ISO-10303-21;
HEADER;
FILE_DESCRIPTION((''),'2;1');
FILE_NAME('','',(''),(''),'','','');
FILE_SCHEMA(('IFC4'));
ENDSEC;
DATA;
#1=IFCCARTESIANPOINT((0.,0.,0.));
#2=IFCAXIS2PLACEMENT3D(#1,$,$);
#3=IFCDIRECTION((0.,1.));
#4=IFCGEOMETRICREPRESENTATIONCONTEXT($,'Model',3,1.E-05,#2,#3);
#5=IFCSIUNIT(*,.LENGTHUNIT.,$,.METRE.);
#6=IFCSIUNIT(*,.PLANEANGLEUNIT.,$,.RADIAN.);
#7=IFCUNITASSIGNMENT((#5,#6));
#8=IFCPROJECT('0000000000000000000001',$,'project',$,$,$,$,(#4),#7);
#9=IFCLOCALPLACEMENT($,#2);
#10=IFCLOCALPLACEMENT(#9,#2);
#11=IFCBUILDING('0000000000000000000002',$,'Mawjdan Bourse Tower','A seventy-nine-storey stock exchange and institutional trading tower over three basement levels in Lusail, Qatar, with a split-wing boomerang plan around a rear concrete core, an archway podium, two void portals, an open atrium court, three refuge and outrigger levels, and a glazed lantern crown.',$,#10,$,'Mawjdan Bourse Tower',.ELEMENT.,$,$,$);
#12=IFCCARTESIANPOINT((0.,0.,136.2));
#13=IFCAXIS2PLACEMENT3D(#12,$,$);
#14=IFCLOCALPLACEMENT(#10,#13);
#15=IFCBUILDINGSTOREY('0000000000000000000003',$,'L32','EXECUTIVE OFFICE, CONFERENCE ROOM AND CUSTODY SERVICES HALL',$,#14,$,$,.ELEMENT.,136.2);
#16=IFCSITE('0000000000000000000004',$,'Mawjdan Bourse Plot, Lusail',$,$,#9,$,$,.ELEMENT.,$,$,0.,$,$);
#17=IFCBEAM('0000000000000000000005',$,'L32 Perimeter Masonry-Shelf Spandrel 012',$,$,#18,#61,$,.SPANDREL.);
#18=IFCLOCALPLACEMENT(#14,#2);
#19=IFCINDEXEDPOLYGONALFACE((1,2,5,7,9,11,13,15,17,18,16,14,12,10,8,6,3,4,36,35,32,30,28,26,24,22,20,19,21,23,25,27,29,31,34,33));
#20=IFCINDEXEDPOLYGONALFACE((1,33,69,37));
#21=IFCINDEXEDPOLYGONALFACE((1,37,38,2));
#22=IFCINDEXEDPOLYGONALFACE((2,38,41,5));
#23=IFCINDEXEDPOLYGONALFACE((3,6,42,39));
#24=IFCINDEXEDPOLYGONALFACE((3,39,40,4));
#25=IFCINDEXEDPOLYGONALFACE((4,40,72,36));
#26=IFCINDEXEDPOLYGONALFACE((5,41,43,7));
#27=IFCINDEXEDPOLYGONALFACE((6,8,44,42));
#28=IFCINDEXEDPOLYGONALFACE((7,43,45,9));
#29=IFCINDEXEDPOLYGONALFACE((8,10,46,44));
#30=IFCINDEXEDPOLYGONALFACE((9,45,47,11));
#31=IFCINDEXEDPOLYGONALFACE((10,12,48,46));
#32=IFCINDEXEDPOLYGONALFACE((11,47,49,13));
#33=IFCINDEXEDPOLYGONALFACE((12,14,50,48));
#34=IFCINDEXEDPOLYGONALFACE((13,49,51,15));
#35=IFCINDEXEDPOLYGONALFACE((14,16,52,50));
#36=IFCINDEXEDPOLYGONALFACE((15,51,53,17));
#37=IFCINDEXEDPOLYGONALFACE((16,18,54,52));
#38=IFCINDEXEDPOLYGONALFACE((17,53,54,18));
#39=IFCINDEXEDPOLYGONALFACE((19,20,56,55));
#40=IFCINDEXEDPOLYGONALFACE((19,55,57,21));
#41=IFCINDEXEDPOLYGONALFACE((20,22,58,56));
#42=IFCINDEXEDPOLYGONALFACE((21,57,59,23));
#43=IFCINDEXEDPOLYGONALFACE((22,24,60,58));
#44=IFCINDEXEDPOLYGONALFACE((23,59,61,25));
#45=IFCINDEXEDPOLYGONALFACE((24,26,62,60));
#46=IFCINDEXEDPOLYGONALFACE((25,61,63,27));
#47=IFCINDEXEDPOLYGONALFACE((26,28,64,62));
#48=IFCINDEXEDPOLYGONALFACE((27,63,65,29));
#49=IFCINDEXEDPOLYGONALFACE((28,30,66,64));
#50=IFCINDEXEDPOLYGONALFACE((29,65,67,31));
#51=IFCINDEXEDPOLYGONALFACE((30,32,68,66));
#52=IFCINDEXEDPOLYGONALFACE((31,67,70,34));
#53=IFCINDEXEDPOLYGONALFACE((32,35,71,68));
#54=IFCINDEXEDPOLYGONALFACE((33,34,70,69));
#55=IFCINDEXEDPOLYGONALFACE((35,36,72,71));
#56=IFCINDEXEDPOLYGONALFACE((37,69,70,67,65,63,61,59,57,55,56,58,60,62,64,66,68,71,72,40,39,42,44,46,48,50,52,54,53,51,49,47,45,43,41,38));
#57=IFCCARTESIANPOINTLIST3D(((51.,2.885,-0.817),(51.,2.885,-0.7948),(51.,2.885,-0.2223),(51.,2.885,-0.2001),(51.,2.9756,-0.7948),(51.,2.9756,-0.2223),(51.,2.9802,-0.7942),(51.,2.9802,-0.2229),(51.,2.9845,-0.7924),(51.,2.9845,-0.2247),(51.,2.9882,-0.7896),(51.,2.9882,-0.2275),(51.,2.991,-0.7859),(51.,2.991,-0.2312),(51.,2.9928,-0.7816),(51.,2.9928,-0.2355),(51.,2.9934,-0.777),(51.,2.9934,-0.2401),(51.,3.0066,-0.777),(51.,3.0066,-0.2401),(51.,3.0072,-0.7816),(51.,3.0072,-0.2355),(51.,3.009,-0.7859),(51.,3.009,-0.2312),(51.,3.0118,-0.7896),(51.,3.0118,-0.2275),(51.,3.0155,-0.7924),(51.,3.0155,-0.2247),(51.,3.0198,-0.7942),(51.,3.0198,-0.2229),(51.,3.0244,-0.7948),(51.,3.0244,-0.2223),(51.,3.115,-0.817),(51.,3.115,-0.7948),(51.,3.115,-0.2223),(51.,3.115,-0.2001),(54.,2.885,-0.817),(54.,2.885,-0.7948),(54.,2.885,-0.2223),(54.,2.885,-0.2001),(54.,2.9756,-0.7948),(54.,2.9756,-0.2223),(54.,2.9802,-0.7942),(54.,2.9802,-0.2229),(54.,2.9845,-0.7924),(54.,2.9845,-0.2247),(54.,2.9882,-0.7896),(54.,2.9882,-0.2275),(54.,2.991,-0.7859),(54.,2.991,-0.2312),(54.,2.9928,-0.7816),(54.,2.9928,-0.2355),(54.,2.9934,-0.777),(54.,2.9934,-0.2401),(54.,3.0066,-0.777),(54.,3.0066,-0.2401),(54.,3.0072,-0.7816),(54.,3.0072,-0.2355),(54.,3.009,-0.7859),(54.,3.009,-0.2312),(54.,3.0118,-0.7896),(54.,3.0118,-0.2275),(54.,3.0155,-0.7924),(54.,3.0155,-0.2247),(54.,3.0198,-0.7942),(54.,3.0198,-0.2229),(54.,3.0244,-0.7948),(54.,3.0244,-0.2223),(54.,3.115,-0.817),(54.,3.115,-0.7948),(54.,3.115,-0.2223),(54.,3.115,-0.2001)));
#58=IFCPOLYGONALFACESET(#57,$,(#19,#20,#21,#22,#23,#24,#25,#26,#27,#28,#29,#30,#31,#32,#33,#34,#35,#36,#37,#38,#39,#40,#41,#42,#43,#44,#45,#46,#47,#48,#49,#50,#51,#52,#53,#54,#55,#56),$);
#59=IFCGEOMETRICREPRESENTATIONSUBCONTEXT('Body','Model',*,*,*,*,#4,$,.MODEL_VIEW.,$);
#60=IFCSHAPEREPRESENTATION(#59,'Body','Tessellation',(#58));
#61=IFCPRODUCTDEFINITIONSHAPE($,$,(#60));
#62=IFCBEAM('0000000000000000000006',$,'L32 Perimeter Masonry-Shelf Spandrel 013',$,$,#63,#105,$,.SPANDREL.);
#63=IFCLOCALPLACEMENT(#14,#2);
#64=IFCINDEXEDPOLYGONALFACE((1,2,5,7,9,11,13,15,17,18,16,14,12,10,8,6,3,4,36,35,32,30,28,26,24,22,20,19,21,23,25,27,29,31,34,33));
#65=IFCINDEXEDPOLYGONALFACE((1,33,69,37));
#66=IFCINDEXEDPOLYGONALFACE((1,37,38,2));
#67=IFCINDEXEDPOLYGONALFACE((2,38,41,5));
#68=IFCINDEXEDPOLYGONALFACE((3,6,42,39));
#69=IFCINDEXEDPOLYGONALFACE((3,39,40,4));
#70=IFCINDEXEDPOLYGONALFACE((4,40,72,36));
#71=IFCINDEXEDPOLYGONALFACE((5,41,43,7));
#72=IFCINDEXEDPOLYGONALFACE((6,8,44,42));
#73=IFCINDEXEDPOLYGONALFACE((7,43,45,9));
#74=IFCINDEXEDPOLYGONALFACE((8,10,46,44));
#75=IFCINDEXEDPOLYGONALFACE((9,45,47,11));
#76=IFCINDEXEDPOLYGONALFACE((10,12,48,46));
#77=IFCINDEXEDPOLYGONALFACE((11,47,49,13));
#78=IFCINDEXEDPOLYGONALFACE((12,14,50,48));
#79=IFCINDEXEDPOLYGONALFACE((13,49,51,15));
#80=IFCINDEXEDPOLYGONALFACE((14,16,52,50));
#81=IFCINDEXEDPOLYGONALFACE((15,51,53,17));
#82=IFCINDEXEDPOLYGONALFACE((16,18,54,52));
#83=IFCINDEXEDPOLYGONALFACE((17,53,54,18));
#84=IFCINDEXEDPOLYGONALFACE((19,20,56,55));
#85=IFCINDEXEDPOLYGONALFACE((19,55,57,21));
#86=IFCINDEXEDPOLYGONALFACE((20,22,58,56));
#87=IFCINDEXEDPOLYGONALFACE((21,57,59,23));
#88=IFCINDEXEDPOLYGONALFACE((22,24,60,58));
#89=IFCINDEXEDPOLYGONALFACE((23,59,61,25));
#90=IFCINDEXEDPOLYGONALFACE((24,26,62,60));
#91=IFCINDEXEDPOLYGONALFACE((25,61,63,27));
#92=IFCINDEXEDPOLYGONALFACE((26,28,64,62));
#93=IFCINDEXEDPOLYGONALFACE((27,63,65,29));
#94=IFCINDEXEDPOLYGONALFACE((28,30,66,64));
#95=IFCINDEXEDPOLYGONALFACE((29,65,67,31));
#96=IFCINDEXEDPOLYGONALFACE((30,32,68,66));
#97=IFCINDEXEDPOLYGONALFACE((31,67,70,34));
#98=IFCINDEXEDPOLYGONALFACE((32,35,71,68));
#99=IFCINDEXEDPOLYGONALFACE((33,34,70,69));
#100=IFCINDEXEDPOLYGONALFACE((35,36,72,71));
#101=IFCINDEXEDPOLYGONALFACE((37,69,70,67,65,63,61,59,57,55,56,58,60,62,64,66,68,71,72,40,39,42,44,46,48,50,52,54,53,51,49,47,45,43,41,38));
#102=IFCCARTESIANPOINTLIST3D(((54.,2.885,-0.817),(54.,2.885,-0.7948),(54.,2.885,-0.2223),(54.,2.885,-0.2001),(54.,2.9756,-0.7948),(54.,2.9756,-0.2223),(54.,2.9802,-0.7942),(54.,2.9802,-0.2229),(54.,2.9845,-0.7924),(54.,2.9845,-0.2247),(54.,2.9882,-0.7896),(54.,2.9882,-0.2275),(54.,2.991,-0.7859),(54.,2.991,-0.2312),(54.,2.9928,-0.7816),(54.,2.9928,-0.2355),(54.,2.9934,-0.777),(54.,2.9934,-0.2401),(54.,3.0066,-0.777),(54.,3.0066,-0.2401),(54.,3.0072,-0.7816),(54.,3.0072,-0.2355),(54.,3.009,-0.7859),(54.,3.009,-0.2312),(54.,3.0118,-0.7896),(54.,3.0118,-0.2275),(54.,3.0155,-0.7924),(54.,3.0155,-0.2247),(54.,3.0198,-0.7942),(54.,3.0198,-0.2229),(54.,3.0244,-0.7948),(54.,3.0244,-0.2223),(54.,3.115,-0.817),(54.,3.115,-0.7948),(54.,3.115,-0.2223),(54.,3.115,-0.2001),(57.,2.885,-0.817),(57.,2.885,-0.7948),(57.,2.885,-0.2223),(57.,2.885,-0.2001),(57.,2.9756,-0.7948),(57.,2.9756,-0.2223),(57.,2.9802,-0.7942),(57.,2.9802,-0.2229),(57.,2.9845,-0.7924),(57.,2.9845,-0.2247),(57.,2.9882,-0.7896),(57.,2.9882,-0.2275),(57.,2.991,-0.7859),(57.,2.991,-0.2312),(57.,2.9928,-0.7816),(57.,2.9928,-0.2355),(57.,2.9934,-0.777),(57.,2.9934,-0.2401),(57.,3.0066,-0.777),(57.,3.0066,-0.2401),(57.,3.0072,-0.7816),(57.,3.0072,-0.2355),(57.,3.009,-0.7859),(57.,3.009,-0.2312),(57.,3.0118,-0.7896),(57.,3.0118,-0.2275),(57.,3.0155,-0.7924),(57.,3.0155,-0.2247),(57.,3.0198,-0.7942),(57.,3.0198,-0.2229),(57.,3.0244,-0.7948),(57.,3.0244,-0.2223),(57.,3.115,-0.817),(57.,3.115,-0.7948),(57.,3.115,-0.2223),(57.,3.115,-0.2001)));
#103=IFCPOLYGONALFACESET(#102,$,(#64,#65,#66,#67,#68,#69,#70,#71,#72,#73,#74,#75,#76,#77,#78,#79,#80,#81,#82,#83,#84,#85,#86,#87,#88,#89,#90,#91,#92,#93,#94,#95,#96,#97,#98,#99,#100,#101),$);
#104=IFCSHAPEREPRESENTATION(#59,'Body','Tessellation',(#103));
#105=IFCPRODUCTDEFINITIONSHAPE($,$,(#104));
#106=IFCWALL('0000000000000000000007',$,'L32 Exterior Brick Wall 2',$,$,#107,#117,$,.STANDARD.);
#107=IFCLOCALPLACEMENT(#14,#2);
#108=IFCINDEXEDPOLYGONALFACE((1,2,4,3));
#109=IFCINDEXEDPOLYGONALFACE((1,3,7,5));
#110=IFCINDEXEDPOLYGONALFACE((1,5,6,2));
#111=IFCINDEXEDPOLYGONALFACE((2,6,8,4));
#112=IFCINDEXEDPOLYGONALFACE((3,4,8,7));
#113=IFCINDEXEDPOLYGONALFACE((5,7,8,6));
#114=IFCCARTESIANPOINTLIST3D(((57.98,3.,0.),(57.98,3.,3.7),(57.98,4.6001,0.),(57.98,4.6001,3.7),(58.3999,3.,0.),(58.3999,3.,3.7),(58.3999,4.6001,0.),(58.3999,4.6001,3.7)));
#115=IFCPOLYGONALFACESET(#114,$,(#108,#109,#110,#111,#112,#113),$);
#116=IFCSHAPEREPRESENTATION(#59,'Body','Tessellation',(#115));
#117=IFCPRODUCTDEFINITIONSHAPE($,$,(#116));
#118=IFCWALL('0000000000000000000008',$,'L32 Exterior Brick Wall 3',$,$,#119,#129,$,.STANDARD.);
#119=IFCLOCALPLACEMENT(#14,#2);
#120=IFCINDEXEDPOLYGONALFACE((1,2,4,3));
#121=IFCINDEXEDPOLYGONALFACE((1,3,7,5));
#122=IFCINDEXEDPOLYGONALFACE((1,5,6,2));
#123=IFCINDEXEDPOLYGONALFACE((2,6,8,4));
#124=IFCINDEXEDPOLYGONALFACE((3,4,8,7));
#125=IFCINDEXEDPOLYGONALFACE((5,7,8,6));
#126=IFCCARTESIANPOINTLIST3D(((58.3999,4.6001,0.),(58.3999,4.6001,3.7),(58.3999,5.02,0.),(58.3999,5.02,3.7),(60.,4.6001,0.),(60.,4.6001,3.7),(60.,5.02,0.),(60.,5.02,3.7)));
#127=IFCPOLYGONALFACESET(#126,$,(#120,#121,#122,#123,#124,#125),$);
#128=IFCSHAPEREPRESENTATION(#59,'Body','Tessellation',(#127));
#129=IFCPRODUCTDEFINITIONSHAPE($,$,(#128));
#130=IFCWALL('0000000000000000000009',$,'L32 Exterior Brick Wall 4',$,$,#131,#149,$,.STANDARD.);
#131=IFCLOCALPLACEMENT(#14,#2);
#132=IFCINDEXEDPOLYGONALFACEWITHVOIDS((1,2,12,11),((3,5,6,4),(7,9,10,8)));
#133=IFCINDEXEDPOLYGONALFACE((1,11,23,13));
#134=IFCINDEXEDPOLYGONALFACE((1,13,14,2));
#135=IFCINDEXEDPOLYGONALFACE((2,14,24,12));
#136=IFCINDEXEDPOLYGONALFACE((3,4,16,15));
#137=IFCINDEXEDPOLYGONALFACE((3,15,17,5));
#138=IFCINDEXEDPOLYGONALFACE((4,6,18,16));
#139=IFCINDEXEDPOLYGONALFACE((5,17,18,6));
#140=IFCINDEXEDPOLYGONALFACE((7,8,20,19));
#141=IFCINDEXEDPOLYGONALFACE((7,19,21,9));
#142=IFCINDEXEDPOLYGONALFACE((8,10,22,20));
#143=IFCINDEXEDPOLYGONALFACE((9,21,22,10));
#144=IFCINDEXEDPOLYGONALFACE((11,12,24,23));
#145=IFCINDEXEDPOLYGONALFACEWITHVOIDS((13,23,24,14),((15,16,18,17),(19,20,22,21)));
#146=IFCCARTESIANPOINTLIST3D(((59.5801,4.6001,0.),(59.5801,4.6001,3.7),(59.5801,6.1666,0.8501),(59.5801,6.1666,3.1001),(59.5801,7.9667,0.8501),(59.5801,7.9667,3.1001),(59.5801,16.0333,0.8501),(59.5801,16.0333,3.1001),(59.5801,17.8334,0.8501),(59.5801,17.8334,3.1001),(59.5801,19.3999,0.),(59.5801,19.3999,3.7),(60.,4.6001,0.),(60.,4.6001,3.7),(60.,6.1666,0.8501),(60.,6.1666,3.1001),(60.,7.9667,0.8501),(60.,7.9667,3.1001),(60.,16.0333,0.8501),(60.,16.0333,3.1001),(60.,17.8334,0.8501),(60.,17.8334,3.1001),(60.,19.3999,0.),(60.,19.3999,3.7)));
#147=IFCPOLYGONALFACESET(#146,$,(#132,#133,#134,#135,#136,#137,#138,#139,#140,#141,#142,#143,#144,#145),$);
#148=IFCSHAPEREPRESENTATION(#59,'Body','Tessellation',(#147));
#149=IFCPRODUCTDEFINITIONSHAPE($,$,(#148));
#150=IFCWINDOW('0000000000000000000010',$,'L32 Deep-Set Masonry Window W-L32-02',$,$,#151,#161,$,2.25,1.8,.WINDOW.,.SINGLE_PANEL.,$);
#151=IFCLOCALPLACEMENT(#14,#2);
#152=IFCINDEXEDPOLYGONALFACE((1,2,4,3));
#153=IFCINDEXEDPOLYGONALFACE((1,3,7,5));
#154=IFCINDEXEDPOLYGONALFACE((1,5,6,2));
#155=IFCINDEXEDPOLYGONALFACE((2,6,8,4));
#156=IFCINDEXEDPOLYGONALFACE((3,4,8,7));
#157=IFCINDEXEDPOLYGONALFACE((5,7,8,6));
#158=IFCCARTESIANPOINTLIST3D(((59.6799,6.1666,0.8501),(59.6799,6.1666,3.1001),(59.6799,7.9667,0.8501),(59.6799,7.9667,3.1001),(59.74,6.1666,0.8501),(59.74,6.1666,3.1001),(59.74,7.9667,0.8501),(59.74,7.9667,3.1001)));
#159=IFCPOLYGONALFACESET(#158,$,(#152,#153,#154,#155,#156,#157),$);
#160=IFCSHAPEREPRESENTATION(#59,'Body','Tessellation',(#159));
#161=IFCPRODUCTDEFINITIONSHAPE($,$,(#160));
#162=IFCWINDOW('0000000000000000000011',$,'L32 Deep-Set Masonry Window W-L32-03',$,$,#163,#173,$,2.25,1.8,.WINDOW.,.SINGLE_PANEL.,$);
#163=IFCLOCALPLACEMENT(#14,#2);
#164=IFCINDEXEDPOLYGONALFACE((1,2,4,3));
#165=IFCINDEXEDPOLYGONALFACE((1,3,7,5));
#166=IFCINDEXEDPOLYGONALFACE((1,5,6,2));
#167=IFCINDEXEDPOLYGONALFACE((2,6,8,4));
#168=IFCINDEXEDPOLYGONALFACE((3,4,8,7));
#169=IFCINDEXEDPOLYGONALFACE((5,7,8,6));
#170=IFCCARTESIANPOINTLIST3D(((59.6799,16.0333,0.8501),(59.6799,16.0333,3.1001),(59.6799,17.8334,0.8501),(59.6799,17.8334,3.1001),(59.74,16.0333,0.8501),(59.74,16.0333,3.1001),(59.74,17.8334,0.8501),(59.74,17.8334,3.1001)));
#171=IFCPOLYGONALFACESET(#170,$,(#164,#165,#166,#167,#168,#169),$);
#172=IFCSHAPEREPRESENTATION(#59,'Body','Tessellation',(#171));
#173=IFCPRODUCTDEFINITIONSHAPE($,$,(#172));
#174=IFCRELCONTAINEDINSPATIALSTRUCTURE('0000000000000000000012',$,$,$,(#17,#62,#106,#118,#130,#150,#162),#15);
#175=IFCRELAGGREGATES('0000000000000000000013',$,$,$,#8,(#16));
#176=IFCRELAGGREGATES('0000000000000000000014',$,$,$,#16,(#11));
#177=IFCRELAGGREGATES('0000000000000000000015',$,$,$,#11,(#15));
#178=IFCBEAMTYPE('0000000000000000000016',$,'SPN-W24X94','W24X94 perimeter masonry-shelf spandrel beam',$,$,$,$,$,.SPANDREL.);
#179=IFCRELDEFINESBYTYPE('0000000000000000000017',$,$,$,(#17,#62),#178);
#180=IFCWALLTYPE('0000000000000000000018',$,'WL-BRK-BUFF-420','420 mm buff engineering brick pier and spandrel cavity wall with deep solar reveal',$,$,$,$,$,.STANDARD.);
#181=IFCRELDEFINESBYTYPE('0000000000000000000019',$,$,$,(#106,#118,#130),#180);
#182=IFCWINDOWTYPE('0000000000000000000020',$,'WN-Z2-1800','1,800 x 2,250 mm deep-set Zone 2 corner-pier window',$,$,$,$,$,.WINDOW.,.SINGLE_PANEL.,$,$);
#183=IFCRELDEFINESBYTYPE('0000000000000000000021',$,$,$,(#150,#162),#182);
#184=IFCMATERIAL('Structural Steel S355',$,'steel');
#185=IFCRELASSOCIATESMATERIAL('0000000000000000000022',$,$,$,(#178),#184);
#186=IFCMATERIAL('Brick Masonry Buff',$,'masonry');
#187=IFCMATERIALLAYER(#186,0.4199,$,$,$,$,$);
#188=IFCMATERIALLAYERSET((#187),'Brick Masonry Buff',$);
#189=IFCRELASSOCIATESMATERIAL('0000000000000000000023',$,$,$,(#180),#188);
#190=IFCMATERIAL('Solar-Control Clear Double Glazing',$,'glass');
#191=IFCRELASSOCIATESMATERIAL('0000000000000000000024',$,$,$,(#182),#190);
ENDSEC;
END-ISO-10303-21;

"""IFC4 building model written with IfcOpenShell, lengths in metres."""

from ifc_helpers import new_model, si_unit, direction, frame, frame_2d, origin, origin_2d, place, context, subcontext, project, spatial, rectangle, i_section, extrude, material, layer, layer_set, material_profile, profile_set, type_object, element, fill, save


model = new_model("IFC4")

# Units and contexts
model_context = context("Model", 3, precision=1e-05, world=origin(), true_north=direction((0.0, 1.0)))
body_context = subcontext(model_context, "Body", "Model", "MODEL_VIEW")
ifc_project = project(units=[si_unit("LENGTHUNIT", "METRE"), si_unit("PLANEANGLEUNIT", "RADIAN")], contexts=[model_context])

# Site, building, storey
site_placement = place(None, origin())
site = spatial("IfcSite", under=ifc_project, at=site_placement, Name="Mawjdan Bourse Plot, Lusail", CompositionType="ELEMENT", RefElevation=0.0)
building_placement = place(site_placement, origin())
building = spatial("IfcBuilding", under=site, at=building_placement, Name="Mawjdan Bourse Tower", Description="A seventy-nine-storey stock exchange and institutional trading tower over three basement levels in Lusail, Qatar, with a split-wing boomerang plan around a rear concrete core, an archway podium, two void portals, an open atrium court, three refuge and outrigger levels, and a glazed lantern crown.", LongName="Mawjdan Bourse Tower", CompositionType="ELEMENT")
storey_placement = place(building_placement, frame((0.0, 0.0, 136.2)))
storey = spatial("IfcBuildingStorey", under=building, at=storey_placement, Name="L32", Description="EXECUTIVE OFFICE, CONFERENCE ROOM AND CUSTODY SERVICES HALL", CompositionType="ELEMENT", Elevation=136.2)

# Beams
ifc_material_1 = material(Name="Structural Steel S355", Category="steel")
ifc_material_profile_1 = material_profile(ifc_material_1, i_section(OverallWidth=0.23, OverallDepth=0.6169, WebThickness=0.0132, FlangeThickness=0.0222, FilletRadius=0.0178, at=origin_2d()), Name="W24X94")
ifc_profile_set_1 = profile_set([ifc_material_profile_1], Name="Structural Steel S355")
beam_type_1 = type_object("IfcBeamType", Name="SPN-W24X94", Description="W24X94 perimeter masonry-shelf spandrel beam", PredefinedType="SPANDREL", material=ifc_profile_set_1)
for number, where, z_axis, x_axis, name in (
    (1, (51.0, 3.0, -0.5085), (1.0, 0.0, 0.0), (0.0, 1.0, 0.0), "L32 Perimeter Masonry-Shelf Spandrel 012"),
    (2, (54.0, 3.0, -0.5085), (1.0, 0.0, 0.0), (0.0, 1.0, 0.0), "L32 Perimeter Masonry-Shelf Spandrel 013"),
):
    element("IfcBeam", number, at=place(storey_placement, frame(where, z_axis=z_axis, x_axis=x_axis)), inside=storey, type_object=beam_type_1, Name=name, PredefinedType="SPANDREL", context=body_context, shape_type="SweptSolid", body=[
        extrude(i_section(OverallWidth=0.23, OverallDepth=0.6169, WebThickness=0.0132, FlangeThickness=0.0222, FilletRadius=0.0178, at=origin_2d()), origin(), (0.0, 0.0, 1.0), 3.0),
    ])

# Walls
ifc_material_2 = material(Name="Brick Masonry Buff", Category="masonry")
ifc_layer_1 = layer(ifc_material_2, 0.4199)
ifc_layer_set_1 = layer_set([ifc_layer_1], Name="Brick Masonry Buff")
wall_type_1 = type_object("IfcWallType", Name="WL-BRK-BUFF-420", Description="420 mm buff engineering brick pier and spandrel cavity wall with deep solar reveal", PredefinedType="STANDARD", material=ifc_layer_set_1)
for number, where, z_axis, x_axis, name in (
    (3, (58.1899, 3.0, 0.0), (0.0, 0.0, 1.0), (0.0, 1.0, 0.0), "L32 Exterior Brick Wall 2"),
    (4, (58.3999, 4.8101, 0.0), (0.0, 0.0, 1.0), (1.0, 0.0, 0.0), "L32 Exterior Brick Wall 3"),
):
    element("IfcWall", number, at=place(storey_placement, frame(where, z_axis=z_axis, x_axis=x_axis)), inside=storey, type_object=wall_type_1, Name=name, PredefinedType="STANDARD", context=body_context, shape_type="SweptSolid", body=[
        extrude(rectangle(XDim=1.6001, YDim=0.4199, at=frame_2d((0.8, 0.0))), origin(), (0.0, 0.0, 1.0), 3.7),
    ])

# Wall, openings, windows
wall_1_placement = place(storey_placement, frame((59.79, 4.6001, 0.0), z_axis=(0.0, 0.0, 1.0), x_axis=(0.0, 1.0, 0.0)))
wall_1 = element("IfcWall", 5, at=wall_1_placement, inside=storey, type_object=wall_type_1, Name="L32 Exterior Brick Wall 4", PredefinedType="STANDARD", context=body_context, shape_type="SweptSolid", body=[
    extrude(rectangle(XDim=14.7998, YDim=0.4199, at=frame_2d((7.3999, 0.0))), origin(), (0.0, 0.0, 1.0), 3.7),
])
opening_1_placement = place(wall_1_placement, frame((1.5667, 0.0, 0.8501)))
opening_1 = element("IfcOpeningElement", 6, at=opening_1_placement, cuts=wall_1, PredefinedType="OPENING", context=body_context, shape_type="SweptSolid", body=[
    extrude(rectangle(XDim=1.8, YDim=2.25, at=frame_2d((0.8999, 1.125))), frame((0.0, 0.22, 0.0), z_axis=(0.0, -1.0, 0.0), x_axis=(1.0, 0.0, 0.0)), (0.0, 0.0, 1.0), 0.4399),
])
opening_2_placement = place(wall_1_placement, frame((11.4333, 0.0, 0.8501)))
opening_2 = element("IfcOpeningElement", 7, at=opening_2_placement, cuts=wall_1, PredefinedType="OPENING", context=body_context, shape_type="SweptSolid", body=[
    extrude(rectangle(XDim=1.8, YDim=2.25, at=frame_2d((0.8999, 1.125))), frame((0.0, 0.22, 0.0), z_axis=(0.0, -1.0, 0.0), x_axis=(1.0, 0.0, 0.0)), (0.0, 0.0, 1.0), 0.4399),
])
ifc_material_3 = material(Name="Solar-Control Clear Double Glazing", Category="glass")
window_type = type_object("IfcWindowType", Name="WN-Z2-1800", Description="1,800 x 2,250 mm deep-set Zone 2 corner-pier window", PartitioningType="SINGLE_PANEL", PredefinedType="WINDOW", material=ifc_material_3)
window_1_placement = place(opening_1_placement, origin())
window_1 = element("IfcWindow", 8, at=window_1_placement, inside=storey, type_object=window_type, Name="L32 Deep-Set Masonry Window W-L32-02", OverallHeight=2.25, OverallWidth=1.8, PartitioningType="SINGLE_PANEL", PredefinedType="WINDOW", context=body_context, shape_type="SweptSolid", body=[
    extrude(rectangle(XDim=1.8, YDim=2.25, at=frame_2d((0.8999, 1.125))), frame((0.0, 0.1101, 0.0), z_axis=(0.0, -1.0, 0.0), x_axis=(1.0, 0.0, 0.0)), (0.0, 0.0, 1.0), 0.0601),
])
fill(opening_1, window_1)
window_2_placement = place(opening_2_placement, origin())
window_2 = element("IfcWindow", 9, at=window_2_placement, inside=storey, type_object=window_type, Name="L32 Deep-Set Masonry Window W-L32-03", OverallHeight=2.25, OverallWidth=1.8, PartitioningType="SINGLE_PANEL", PredefinedType="WINDOW", context=body_context, shape_type="SweptSolid", body=[
    extrude(rectangle(XDim=1.8, YDim=2.25, at=frame_2d((0.8999, 1.125))), frame((0.0, 0.1101, 0.0), z_axis=(0.0, -1.0, 0.0), x_axis=(1.0, 0.0, 0.0)), (0.0, 0.0, 1.0), 0.0601),
])
fill(opening_2, window_2)

save(model, "model.ifc")
